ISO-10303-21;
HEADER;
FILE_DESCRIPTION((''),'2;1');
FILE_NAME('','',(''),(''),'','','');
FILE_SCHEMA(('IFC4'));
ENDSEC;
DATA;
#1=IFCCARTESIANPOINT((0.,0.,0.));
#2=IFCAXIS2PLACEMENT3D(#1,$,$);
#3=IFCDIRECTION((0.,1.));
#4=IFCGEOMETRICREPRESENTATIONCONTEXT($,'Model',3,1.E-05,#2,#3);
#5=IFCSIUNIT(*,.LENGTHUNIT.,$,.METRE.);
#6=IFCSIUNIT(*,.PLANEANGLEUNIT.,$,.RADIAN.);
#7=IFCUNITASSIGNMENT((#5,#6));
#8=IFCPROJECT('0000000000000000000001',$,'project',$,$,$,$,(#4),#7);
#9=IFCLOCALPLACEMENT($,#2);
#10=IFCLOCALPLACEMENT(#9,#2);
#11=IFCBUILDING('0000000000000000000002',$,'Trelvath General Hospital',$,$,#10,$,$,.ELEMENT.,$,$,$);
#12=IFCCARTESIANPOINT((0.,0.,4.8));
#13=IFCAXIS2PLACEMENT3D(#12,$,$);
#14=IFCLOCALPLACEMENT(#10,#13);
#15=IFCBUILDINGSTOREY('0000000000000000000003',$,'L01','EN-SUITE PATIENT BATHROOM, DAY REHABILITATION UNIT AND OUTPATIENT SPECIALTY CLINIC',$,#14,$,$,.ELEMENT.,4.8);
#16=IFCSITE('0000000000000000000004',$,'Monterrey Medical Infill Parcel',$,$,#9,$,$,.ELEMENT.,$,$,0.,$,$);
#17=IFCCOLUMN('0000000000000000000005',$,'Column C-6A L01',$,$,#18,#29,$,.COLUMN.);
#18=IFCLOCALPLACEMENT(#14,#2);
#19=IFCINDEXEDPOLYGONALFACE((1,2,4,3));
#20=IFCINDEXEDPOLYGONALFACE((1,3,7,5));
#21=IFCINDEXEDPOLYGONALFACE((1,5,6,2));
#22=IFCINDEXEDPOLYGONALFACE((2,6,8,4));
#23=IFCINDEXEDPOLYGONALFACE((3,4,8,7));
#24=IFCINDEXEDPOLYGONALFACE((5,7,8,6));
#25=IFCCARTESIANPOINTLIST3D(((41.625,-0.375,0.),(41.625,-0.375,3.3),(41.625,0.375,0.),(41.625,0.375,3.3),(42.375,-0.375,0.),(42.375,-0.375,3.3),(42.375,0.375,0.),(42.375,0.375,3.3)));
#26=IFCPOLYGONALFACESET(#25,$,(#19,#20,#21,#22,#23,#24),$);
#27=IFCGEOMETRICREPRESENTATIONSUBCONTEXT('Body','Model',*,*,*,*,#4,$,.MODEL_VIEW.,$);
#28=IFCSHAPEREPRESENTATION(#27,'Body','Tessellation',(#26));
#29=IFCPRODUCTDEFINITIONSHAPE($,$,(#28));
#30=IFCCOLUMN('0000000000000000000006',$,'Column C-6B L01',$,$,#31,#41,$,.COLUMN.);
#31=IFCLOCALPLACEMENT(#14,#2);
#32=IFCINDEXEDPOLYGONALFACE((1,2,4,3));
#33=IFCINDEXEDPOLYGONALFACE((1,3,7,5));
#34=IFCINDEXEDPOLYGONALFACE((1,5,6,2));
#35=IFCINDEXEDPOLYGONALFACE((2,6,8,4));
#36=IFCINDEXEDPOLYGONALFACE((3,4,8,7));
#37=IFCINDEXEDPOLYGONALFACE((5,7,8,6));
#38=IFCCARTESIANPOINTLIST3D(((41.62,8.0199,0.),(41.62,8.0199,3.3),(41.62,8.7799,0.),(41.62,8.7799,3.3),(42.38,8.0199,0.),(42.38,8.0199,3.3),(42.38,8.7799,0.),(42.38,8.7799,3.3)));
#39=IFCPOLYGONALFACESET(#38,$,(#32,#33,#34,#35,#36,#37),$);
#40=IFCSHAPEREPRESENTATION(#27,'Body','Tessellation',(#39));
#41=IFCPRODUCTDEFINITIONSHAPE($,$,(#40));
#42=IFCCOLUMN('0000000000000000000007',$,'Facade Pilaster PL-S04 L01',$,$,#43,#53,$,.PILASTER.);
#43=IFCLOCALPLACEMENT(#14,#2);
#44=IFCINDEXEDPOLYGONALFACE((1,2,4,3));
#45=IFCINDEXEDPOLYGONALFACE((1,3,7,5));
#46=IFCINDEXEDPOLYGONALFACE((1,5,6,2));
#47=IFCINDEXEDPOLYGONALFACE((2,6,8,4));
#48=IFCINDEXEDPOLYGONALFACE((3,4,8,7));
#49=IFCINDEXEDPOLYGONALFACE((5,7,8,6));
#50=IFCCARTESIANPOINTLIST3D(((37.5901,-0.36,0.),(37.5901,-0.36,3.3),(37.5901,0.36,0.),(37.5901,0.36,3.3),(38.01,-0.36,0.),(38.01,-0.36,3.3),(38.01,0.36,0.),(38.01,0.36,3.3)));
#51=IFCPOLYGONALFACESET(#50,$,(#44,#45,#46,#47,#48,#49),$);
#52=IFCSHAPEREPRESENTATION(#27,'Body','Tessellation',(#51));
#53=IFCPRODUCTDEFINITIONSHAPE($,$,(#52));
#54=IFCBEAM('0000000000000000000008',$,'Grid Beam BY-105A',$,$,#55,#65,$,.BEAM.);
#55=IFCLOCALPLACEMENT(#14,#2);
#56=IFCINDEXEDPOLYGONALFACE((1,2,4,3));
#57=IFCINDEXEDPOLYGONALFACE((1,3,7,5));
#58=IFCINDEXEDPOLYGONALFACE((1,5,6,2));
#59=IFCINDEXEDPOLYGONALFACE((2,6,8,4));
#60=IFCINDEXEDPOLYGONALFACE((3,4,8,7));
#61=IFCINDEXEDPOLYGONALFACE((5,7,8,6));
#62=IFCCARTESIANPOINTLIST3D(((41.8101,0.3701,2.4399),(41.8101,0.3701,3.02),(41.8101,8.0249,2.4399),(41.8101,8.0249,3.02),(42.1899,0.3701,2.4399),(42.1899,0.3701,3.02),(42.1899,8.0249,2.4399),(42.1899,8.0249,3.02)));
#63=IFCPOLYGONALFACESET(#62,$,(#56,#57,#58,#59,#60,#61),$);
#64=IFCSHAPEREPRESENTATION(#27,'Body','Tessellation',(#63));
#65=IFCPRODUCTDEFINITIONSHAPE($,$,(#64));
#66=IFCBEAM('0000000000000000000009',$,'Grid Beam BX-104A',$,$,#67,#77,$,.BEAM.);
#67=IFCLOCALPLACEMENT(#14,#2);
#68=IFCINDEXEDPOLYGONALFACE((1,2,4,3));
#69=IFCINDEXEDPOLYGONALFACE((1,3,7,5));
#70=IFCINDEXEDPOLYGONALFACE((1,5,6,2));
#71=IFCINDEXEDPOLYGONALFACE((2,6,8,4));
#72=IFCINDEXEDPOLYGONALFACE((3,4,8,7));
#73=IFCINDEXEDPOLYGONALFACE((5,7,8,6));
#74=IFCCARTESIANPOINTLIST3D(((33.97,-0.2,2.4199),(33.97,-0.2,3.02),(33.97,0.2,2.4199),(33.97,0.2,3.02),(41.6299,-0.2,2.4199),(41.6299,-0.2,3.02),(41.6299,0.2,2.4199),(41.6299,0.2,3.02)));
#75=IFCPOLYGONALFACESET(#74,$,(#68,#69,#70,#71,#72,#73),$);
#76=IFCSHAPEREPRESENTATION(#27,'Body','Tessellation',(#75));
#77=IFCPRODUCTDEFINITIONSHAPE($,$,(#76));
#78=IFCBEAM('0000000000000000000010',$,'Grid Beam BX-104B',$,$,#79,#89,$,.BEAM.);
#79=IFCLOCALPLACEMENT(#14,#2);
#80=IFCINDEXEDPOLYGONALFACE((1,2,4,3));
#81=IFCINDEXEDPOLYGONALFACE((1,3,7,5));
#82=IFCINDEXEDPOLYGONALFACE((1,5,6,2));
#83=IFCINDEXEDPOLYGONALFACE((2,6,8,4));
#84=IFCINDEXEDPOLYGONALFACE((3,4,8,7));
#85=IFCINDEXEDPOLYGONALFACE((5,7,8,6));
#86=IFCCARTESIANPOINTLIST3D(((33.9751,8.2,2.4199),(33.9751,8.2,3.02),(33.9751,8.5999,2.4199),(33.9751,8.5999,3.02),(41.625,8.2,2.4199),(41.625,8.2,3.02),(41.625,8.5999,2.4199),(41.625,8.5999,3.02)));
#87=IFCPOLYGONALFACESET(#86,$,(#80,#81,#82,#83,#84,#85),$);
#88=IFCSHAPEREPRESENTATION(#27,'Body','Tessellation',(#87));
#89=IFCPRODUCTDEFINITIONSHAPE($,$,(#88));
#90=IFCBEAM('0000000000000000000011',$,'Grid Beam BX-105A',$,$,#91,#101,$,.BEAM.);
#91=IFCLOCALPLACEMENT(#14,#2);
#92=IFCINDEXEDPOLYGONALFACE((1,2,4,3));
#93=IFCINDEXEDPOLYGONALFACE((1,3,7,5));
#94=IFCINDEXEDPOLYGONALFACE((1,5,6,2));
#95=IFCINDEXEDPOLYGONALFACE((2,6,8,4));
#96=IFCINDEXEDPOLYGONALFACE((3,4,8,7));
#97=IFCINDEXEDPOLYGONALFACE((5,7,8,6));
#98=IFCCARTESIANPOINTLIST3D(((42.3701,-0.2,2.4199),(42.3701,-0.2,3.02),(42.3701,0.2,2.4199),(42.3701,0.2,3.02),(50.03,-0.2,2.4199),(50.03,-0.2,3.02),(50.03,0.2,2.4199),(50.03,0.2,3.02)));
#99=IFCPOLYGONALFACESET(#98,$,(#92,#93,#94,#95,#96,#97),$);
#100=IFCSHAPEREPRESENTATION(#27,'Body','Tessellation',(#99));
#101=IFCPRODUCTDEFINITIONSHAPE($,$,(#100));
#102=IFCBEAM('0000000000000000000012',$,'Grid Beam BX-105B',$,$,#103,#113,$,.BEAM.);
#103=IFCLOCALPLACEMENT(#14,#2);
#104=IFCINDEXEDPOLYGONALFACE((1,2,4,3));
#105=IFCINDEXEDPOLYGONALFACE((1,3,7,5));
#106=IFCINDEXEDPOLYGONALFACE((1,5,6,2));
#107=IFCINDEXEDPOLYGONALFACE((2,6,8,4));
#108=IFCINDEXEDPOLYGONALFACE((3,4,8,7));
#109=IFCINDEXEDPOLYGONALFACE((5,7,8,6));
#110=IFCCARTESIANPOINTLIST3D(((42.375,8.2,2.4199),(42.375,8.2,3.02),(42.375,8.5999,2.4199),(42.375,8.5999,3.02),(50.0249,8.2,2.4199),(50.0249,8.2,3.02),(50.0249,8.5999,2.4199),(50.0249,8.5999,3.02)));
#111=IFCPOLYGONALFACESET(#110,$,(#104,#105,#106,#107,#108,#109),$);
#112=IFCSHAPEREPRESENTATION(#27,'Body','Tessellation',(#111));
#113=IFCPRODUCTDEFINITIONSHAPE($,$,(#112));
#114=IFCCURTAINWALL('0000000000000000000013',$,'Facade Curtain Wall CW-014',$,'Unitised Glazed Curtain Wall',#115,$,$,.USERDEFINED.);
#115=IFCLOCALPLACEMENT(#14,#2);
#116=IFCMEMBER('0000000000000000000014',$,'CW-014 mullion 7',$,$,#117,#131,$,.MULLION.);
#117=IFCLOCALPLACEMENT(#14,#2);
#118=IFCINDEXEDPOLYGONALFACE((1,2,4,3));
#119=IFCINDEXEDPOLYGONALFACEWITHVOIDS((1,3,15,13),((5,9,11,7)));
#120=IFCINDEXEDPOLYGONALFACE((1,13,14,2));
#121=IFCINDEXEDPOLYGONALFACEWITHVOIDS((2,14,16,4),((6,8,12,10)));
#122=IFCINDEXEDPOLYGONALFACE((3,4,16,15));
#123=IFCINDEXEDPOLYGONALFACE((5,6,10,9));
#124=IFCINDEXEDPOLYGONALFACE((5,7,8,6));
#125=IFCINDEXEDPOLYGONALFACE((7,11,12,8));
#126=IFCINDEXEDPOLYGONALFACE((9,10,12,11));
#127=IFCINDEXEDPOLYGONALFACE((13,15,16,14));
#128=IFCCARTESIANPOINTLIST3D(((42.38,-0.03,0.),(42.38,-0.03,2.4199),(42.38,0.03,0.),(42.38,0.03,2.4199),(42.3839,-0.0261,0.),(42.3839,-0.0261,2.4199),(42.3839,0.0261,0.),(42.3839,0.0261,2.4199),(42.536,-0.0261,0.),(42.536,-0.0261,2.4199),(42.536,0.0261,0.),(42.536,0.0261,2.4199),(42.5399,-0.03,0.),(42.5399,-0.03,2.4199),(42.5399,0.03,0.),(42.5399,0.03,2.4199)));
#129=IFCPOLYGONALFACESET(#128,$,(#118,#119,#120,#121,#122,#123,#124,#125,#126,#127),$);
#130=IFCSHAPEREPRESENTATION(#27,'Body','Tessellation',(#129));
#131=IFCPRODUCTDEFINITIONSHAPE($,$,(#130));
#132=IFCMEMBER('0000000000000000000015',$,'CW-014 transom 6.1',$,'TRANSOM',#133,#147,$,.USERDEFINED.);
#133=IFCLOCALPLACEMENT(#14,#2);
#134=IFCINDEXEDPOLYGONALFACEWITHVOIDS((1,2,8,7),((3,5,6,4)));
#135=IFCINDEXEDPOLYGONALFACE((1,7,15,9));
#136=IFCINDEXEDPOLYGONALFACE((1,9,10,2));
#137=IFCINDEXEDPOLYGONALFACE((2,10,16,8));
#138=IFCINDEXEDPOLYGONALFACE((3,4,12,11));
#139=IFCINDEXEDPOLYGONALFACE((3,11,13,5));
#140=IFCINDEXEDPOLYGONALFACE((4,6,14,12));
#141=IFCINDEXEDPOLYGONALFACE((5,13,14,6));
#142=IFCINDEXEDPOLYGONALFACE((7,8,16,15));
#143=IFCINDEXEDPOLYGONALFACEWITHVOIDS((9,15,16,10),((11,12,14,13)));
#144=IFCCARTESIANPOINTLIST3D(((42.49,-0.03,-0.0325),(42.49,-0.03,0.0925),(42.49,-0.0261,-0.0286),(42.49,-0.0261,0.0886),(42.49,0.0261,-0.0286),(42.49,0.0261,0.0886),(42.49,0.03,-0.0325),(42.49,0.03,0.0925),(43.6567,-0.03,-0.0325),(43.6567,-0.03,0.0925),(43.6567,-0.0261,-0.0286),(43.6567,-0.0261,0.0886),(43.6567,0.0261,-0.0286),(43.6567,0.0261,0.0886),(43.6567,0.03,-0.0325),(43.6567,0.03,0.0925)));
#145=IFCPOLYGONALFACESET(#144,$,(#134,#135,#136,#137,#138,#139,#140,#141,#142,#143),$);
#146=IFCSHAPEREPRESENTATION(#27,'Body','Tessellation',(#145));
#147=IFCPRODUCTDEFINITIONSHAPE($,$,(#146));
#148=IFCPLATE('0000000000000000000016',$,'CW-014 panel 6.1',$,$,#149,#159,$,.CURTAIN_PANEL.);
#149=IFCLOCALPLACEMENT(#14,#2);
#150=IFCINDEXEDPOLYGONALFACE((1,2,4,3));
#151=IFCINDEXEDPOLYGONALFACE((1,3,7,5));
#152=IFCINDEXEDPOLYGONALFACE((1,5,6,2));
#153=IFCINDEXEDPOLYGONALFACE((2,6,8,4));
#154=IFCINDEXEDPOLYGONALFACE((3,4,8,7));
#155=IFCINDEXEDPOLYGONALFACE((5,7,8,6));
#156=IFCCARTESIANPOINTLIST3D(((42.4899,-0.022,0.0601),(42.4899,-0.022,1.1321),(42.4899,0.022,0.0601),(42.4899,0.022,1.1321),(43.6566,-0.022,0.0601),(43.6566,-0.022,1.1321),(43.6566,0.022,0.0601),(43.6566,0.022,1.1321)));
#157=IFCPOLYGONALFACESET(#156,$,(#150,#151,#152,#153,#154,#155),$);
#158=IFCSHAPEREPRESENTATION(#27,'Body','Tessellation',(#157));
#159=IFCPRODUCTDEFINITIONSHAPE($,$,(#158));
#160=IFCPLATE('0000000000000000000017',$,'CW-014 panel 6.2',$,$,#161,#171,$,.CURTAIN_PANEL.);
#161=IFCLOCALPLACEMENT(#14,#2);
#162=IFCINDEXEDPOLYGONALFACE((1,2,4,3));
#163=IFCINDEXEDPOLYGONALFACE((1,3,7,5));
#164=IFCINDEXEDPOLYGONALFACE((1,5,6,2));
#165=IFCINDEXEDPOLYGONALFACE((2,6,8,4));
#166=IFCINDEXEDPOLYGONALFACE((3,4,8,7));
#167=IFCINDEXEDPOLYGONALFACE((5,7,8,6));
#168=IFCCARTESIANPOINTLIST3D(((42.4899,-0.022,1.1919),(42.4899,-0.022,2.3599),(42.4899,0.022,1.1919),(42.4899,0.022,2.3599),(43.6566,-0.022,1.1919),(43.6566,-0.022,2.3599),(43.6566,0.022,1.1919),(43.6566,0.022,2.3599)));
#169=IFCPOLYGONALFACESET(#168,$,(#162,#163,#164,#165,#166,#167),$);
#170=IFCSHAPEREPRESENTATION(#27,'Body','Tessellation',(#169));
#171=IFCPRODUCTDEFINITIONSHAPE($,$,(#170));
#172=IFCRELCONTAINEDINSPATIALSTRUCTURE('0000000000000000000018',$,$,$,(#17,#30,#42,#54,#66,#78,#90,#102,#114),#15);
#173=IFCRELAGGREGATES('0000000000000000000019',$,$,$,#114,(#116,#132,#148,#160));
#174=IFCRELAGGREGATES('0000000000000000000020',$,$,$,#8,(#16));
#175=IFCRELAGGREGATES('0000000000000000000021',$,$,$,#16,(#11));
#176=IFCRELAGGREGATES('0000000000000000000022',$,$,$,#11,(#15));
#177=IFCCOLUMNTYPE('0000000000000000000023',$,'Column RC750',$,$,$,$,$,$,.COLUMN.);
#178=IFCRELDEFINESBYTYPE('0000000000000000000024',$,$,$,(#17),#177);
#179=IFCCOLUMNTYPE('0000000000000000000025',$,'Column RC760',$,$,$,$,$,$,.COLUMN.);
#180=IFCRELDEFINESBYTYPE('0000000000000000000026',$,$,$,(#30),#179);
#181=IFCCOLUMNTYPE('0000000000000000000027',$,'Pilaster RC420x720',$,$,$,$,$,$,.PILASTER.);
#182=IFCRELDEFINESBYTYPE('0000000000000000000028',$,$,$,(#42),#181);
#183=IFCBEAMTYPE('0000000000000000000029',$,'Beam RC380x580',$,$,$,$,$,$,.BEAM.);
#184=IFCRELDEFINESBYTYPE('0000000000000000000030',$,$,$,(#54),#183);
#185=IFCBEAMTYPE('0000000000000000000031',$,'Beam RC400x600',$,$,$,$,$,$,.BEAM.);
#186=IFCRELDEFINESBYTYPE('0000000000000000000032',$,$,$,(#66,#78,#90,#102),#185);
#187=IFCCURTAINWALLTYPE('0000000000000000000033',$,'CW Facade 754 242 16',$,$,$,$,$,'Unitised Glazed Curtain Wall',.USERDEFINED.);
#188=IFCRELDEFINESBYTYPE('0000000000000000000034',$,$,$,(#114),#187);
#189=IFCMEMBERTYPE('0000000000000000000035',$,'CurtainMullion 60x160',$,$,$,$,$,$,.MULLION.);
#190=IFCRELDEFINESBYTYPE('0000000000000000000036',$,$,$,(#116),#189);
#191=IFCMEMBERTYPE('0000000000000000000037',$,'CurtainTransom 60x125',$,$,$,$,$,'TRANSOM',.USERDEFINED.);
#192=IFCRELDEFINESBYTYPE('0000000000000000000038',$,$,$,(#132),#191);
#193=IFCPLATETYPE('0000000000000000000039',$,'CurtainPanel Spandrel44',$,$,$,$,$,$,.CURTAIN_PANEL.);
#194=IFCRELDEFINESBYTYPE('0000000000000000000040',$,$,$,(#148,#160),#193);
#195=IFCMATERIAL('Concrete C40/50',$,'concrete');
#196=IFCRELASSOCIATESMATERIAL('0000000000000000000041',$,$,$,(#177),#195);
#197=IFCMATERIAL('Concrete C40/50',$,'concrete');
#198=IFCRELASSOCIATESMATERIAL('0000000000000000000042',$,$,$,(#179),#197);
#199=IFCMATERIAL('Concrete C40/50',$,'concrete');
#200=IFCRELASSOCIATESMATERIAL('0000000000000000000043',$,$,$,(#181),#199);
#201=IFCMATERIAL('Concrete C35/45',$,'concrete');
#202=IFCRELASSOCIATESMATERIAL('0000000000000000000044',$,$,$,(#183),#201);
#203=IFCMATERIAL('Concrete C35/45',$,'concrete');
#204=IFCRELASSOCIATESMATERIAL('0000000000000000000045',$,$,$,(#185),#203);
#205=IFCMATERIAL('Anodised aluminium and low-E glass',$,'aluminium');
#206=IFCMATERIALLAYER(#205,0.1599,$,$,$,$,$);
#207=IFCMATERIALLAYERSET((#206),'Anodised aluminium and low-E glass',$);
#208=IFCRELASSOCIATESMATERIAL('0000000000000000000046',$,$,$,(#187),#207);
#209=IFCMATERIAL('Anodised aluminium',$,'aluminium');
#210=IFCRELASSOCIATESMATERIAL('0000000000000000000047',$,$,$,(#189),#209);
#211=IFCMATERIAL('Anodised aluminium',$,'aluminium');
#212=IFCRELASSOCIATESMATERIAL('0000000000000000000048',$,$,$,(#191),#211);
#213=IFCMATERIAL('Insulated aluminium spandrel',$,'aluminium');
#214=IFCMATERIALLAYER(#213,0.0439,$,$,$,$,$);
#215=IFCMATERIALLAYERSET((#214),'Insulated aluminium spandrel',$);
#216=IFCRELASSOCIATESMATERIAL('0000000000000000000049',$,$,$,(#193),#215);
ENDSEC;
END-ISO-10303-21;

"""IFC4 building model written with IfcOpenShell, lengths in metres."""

from ifc_helpers import new_model, si_unit, direction, frame, origin, origin_2d, place, context, subcontext, project, spatial, rectangle, hollow_rectangle, extrude, material, layer, layer_set, material_profile, profile_set, type_object, element, aggregate, save


model = new_model("IFC4")

# Units and contexts
model_context = context("Model", 3, precision=1e-05, world=origin(), true_north=direction((0.0, 1.0)))
body_context = subcontext(model_context, "Body", "Model", "MODEL_VIEW")
ifc_project = project(units=[si_unit("LENGTHUNIT", "METRE"), si_unit("PLANEANGLEUNIT", "RADIAN")], contexts=[model_context])

# Site, building, storey
site_placement = place(None, origin())
site = spatial("IfcSite", under=ifc_project, at=site_placement, Name="Monterrey Medical Infill Parcel", CompositionType="ELEMENT", RefElevation=0.0)
building_placement = place(site_placement, origin())
building = spatial("IfcBuilding", under=site, at=building_placement, Name="Trelvath General Hospital", CompositionType="ELEMENT")
storey_placement = place(building_placement, frame((0.0, 0.0, 4.8)))
storey = spatial("IfcBuildingStorey", under=building, at=storey_placement, Name="L01", Description="EN-SUITE PATIENT BATHROOM, DAY REHABILITATION UNIT AND OUTPATIENT SPECIALTY CLINIC", CompositionType="ELEMENT", Elevation=4.8)

# Columns
ifc_material_1 = material(Name="Concrete C40/50", Category="concrete")
ifc_material_profile_1 = material_profile(ifc_material_1, rectangle(XDim=0.75, YDim=0.75, at=origin_2d()), Name="RC750x750")
ifc_profile_set_1 = profile_set([ifc_material_profile_1], Name="Concrete C40/50")
column_type_1 = type_object("IfcColumnType", Name="Column RC750", PredefinedType="COLUMN", material=ifc_profile_set_1)
column_1_placement = place(storey_placement, frame((42.0, 0.0, 0.0), z_axis=(0.0, 0.0, 1.0), x_axis=(1.0, 0.0, 0.0)))
element("IfcColumn", 1, at=column_1_placement, inside=storey, type_object=column_type_1, Name="Column C-6A L01", PredefinedType="COLUMN", context=body_context, shape_type="SweptSolid", body=[
    extrude(rectangle(XDim=0.75, YDim=0.75, at=origin_2d()), origin(), (0.0, 0.0, 1.0), 3.3),
])
ifc_material_2 = material(Name="Concrete C40/50", Category="concrete")
ifc_material_profile_2 = material_profile(ifc_material_2, rectangle(XDim=0.76, YDim=0.76, at=origin_2d()), Name="RC760x760")
ifc_profile_set_2 = profile_set([ifc_material_profile_2], Name="Concrete C40/50")
column_type_2 = type_object("IfcColumnType", Name="Column RC760", PredefinedType="COLUMN", material=ifc_profile_set_2)
column_2_placement = place(storey_placement, frame((42.0, 8.3999, 0.0), z_axis=(0.0, 0.0, 1.0), x_axis=(1.0, 0.0, 0.0)))
element("IfcColumn", 2, at=column_2_placement, inside=storey, type_object=column_type_2, Name="Column C-6B L01", PredefinedType="COLUMN", context=body_context, shape_type="SweptSolid", body=[
    extrude(rectangle(XDim=0.76, YDim=0.76, at=origin_2d()), origin(), (0.0, 0.0, 1.0), 3.3),
])
ifc_material_3 = material(Name="Concrete C40/50", Category="concrete")
ifc_material_profile_3 = material_profile(ifc_material_3, rectangle(XDim=0.4199, YDim=0.72, at=origin_2d()), Name="RC420x720")
ifc_profile_set_3 = profile_set([ifc_material_profile_3], Name="Concrete C40/50")
column_type_3 = type_object("IfcColumnType", Name="Pilaster RC420x720", PredefinedType="PILASTER", material=ifc_profile_set_3)
column_3_placement = place(storey_placement, frame((37.8, 0.0, 0.0), z_axis=(0.0, 0.0, 1.0), x_axis=(1.0, 0.0, 0.0)))
element("IfcColumn", 3, at=column_3_placement, inside=storey, type_object=column_type_3, Name="Facade Pilaster PL-S04 L01", PredefinedType="PILASTER", context=body_context, shape_type="SweptSolid", body=[
    extrude(rectangle(XDim=0.4199, YDim=0.72, at=origin_2d()), origin(), (0.0, 0.0, 1.0), 3.3),
])

# Beams
ifc_material_4 = material(Name="Concrete C35/45", Category="concrete")
ifc_material_profile_4 = material_profile(ifc_material_4, rectangle(XDim=0.3799, YDim=0.5801, at=origin_2d()), Name="RCB380x580")
ifc_profile_set_4 = profile_set([ifc_material_profile_4], Name="Concrete C35/45")
beam_type_1 = type_object("IfcBeamType", Name="Beam RC380x580", PredefinedType="BEAM", material=ifc_profile_set_4)
beam_1_placement = place(storey_placement, frame((42.0, 0.3701, 2.73), z_axis=(0.0, 1.0, 0.0), x_axis=(-1.0, 0.0, 0.0)))
element("IfcBeam", 4, at=beam_1_placement, inside=storey, type_object=beam_type_1, Name="Grid Beam BY-105A", PredefinedType="BEAM", context=body_context, shape_type="SweptSolid", body=[
    extrude(rectangle(XDim=0.3799, YDim=0.5801, at=origin_2d()), origin(), (0.0, 0.0, 1.0), 7.6548),
])
ifc_material_5 = material(Name="Concrete C35/45", Category="concrete")
ifc_material_profile_5 = material_profile(ifc_material_5, rectangle(XDim=0.3999, YDim=0.6001, at=origin_2d()), Name="RCB400x600")
ifc_profile_set_5 = profile_set([ifc_material_profile_5], Name="Concrete C35/45")
beam_type_2 = type_object("IfcBeamType", Name="Beam RC400x600", PredefinedType="BEAM", material=ifc_profile_set_5)
beam_2_placement = place(storey_placement, frame((33.97, 0.0, 2.72), z_axis=(1.0, 0.0, 0.0), x_axis=(0.0, 1.0, 0.0)))
element("IfcBeam", 5, at=beam_2_placement, inside=storey, type_object=beam_type_2, Name="Grid Beam BX-104A", PredefinedType="BEAM", context=body_context, shape_type="SweptSolid", body=[
    extrude(rectangle(XDim=0.3999, YDim=0.6001, at=origin_2d()), origin(), (0.0, 0.0, 1.0), 7.6599),
])
beam_3_placement = place(storey_placement, frame((33.9751, 8.3999, 2.72), z_axis=(1.0, 0.0, 0.0), x_axis=(0.0, 1.0, 0.0)))
element("IfcBeam", 6, at=beam_3_placement, inside=storey, type_object=beam_type_2, Name="Grid Beam BX-104B", PredefinedType="BEAM", context=body_context, shape_type="SweptSolid", body=[
    extrude(rectangle(XDim=0.3999, YDim=0.6001, at=origin_2d()), origin(), (0.0, 0.0, 1.0), 7.6499),
])
beam_4_placement = place(storey_placement, frame((42.3701, 0.0, 2.72), z_axis=(1.0, 0.0, 0.0), x_axis=(0.0, 1.0, 0.0)))
element("IfcBeam", 7, at=beam_4_placement, inside=storey, type_object=beam_type_2, Name="Grid Beam BX-105A", PredefinedType="BEAM", context=body_context, shape_type="SweptSolid", body=[
    extrude(rectangle(XDim=0.3999, YDim=0.6001, at=origin_2d()), origin(), (0.0, 0.0, 1.0), 7.6599),
])
beam_5_placement = place(storey_placement, frame((42.375, 8.3999, 2.72), z_axis=(1.0, 0.0, 0.0), x_axis=(0.0, 1.0, 0.0)))
element("IfcBeam", 8, at=beam_5_placement, inside=storey, type_object=beam_type_2, Name="Grid Beam BX-105B", PredefinedType="BEAM", context=body_context, shape_type="SweptSolid", body=[
    extrude(rectangle(XDim=0.3999, YDim=0.6001, at=origin_2d()), origin(), (0.0, 0.0, 1.0), 7.6499),
])

# Curtain wall, members, plates
ifc_material_6 = material(Name="Anodised aluminium and low-E glass", Category="aluminium")
ifc_layer_1 = layer(ifc_material_6, 0.1599)
ifc_layer_set_1 = layer_set([ifc_layer_1], Name="Anodised aluminium and low-E glass")
curtain_wall_type = type_object("IfcCurtainWallType", Name="CW Facade 754 242 16", ElementType="Unitised Glazed Curtain Wall", PredefinedType="USERDEFINED", material=ifc_layer_set_1)
curtain_wall_placement = place(storey_placement, origin())
curtain_wall = element("IfcCurtainWall", 9, at=curtain_wall_placement, inside=storey, type_object=curtain_wall_type, Name="Facade Curtain Wall CW-014", ObjectType="Unitised Glazed Curtain Wall", PredefinedType="USERDEFINED")
ifc_material_7 = material(Name="Anodised aluminium", Category="aluminium")
ifc_material_profile_6 = material_profile(ifc_material_7, hollow_rectangle(XDim=0.0601, YDim=0.1599, WallThickness=0.0039, at=origin_2d()), Name="RHS60x160x4")
ifc_profile_set_6 = profile_set([ifc_material_profile_6], Name="Anodised aluminium")
member_type_1 = type_object("IfcMemberType", Name="CurtainMullion 60x160", PredefinedType="MULLION", material=ifc_profile_set_6)
member_1_placement = place(storey_placement, frame((42.46, 0.0, 0.0), z_axis=(0.0, 0.0, 1.0), x_axis=(0.0, -1.0, 0.0)))
member_1 = element("IfcMember", 10, at=member_1_placement, type_object=member_type_1, Name="CW-014 mullion 7", PredefinedType="MULLION", context=body_context, shape_type="SweptSolid", body=[
    extrude(hollow_rectangle(XDim=0.0601, YDim=0.1599, WallThickness=0.0039, at=origin_2d()), origin(), (0.0, 0.0, 1.0), 2.4199),
])
ifc_material_8 = material(Name="Anodised aluminium", Category="aluminium")
ifc_material_profile_7 = material_profile(ifc_material_8, hollow_rectangle(XDim=0.0601, YDim=0.125, WallThickness=0.0039, at=origin_2d()), Name="RHS60x125x4")
ifc_profile_set_7 = profile_set([ifc_material_profile_7], Name="Anodised aluminium")
member_type_2 = type_object("IfcMemberType", Name="CurtainTransom 60x125", ElementType="TRANSOM", PredefinedType="USERDEFINED", material=ifc_profile_set_7)
member_2_placement = place(storey_placement, frame((43.6567, 0.0, 0.03), z_axis=(-1.0, 0.0, 0.0), x_axis=(0.0, -1.0, 0.0)))
member_2 = element("IfcMember", 11, at=member_2_placement, type_object=member_type_2, Name="CW-014 transom 6.1", ObjectType="TRANSOM", PredefinedType="USERDEFINED", context=body_context, shape_type="SweptSolid", body=[
    extrude(hollow_rectangle(XDim=0.0601, YDim=0.125, WallThickness=0.0039, at=origin_2d()), origin(), (0.0, 0.0, 1.0), 1.1667),
])
ifc_material_9 = material(Name="Insulated aluminium spandrel", Category="aluminium")
ifc_layer_2 = layer(ifc_material_9, 0.0439)
ifc_layer_set_2 = layer_set([ifc_layer_2], Name="Insulated aluminium spandrel")
plate_type = type_object("IfcPlateType", Name="CurtainPanel Spandrel44", PredefinedType="CURTAIN_PANEL", material=ifc_layer_set_2)
plate_1_placement = place(storey_placement, frame((43.0732, 0.0, 0.0601), z_axis=(0.0, 0.0, 1.0), x_axis=(-1.0, 0.0, 0.0)))
plate_1 = element("IfcPlate", 12, at=plate_1_placement, type_object=plate_type, Name="CW-014 panel 6.1", PredefinedType="CURTAIN_PANEL", context=body_context, shape_type="SweptSolid", body=[
    extrude(rectangle(XDim=1.1667, YDim=0.0439, at=origin_2d()), origin(), (0.0, 0.0, 1.0), 1.072),
])
plate_2_placement = place(storey_placement, frame((43.0732, 0.0, 1.1919), z_axis=(0.0, 0.0, 1.0), x_axis=(-1.0, 0.0, 0.0)))
plate_2 = element("IfcPlate", 13, at=plate_2_placement, type_object=plate_type, Name="CW-014 panel 6.2", PredefinedType="CURTAIN_PANEL", context=body_context, shape_type="SweptSolid", body=[
    extrude(rectangle(XDim=1.1667, YDim=0.0439, at=origin_2d()), origin(), (0.0, 0.0, 1.0), 1.168),
])
aggregate(curtain_wall, [member_1, member_2, plate_1, plate_2])

save(model, "model.ifc")
